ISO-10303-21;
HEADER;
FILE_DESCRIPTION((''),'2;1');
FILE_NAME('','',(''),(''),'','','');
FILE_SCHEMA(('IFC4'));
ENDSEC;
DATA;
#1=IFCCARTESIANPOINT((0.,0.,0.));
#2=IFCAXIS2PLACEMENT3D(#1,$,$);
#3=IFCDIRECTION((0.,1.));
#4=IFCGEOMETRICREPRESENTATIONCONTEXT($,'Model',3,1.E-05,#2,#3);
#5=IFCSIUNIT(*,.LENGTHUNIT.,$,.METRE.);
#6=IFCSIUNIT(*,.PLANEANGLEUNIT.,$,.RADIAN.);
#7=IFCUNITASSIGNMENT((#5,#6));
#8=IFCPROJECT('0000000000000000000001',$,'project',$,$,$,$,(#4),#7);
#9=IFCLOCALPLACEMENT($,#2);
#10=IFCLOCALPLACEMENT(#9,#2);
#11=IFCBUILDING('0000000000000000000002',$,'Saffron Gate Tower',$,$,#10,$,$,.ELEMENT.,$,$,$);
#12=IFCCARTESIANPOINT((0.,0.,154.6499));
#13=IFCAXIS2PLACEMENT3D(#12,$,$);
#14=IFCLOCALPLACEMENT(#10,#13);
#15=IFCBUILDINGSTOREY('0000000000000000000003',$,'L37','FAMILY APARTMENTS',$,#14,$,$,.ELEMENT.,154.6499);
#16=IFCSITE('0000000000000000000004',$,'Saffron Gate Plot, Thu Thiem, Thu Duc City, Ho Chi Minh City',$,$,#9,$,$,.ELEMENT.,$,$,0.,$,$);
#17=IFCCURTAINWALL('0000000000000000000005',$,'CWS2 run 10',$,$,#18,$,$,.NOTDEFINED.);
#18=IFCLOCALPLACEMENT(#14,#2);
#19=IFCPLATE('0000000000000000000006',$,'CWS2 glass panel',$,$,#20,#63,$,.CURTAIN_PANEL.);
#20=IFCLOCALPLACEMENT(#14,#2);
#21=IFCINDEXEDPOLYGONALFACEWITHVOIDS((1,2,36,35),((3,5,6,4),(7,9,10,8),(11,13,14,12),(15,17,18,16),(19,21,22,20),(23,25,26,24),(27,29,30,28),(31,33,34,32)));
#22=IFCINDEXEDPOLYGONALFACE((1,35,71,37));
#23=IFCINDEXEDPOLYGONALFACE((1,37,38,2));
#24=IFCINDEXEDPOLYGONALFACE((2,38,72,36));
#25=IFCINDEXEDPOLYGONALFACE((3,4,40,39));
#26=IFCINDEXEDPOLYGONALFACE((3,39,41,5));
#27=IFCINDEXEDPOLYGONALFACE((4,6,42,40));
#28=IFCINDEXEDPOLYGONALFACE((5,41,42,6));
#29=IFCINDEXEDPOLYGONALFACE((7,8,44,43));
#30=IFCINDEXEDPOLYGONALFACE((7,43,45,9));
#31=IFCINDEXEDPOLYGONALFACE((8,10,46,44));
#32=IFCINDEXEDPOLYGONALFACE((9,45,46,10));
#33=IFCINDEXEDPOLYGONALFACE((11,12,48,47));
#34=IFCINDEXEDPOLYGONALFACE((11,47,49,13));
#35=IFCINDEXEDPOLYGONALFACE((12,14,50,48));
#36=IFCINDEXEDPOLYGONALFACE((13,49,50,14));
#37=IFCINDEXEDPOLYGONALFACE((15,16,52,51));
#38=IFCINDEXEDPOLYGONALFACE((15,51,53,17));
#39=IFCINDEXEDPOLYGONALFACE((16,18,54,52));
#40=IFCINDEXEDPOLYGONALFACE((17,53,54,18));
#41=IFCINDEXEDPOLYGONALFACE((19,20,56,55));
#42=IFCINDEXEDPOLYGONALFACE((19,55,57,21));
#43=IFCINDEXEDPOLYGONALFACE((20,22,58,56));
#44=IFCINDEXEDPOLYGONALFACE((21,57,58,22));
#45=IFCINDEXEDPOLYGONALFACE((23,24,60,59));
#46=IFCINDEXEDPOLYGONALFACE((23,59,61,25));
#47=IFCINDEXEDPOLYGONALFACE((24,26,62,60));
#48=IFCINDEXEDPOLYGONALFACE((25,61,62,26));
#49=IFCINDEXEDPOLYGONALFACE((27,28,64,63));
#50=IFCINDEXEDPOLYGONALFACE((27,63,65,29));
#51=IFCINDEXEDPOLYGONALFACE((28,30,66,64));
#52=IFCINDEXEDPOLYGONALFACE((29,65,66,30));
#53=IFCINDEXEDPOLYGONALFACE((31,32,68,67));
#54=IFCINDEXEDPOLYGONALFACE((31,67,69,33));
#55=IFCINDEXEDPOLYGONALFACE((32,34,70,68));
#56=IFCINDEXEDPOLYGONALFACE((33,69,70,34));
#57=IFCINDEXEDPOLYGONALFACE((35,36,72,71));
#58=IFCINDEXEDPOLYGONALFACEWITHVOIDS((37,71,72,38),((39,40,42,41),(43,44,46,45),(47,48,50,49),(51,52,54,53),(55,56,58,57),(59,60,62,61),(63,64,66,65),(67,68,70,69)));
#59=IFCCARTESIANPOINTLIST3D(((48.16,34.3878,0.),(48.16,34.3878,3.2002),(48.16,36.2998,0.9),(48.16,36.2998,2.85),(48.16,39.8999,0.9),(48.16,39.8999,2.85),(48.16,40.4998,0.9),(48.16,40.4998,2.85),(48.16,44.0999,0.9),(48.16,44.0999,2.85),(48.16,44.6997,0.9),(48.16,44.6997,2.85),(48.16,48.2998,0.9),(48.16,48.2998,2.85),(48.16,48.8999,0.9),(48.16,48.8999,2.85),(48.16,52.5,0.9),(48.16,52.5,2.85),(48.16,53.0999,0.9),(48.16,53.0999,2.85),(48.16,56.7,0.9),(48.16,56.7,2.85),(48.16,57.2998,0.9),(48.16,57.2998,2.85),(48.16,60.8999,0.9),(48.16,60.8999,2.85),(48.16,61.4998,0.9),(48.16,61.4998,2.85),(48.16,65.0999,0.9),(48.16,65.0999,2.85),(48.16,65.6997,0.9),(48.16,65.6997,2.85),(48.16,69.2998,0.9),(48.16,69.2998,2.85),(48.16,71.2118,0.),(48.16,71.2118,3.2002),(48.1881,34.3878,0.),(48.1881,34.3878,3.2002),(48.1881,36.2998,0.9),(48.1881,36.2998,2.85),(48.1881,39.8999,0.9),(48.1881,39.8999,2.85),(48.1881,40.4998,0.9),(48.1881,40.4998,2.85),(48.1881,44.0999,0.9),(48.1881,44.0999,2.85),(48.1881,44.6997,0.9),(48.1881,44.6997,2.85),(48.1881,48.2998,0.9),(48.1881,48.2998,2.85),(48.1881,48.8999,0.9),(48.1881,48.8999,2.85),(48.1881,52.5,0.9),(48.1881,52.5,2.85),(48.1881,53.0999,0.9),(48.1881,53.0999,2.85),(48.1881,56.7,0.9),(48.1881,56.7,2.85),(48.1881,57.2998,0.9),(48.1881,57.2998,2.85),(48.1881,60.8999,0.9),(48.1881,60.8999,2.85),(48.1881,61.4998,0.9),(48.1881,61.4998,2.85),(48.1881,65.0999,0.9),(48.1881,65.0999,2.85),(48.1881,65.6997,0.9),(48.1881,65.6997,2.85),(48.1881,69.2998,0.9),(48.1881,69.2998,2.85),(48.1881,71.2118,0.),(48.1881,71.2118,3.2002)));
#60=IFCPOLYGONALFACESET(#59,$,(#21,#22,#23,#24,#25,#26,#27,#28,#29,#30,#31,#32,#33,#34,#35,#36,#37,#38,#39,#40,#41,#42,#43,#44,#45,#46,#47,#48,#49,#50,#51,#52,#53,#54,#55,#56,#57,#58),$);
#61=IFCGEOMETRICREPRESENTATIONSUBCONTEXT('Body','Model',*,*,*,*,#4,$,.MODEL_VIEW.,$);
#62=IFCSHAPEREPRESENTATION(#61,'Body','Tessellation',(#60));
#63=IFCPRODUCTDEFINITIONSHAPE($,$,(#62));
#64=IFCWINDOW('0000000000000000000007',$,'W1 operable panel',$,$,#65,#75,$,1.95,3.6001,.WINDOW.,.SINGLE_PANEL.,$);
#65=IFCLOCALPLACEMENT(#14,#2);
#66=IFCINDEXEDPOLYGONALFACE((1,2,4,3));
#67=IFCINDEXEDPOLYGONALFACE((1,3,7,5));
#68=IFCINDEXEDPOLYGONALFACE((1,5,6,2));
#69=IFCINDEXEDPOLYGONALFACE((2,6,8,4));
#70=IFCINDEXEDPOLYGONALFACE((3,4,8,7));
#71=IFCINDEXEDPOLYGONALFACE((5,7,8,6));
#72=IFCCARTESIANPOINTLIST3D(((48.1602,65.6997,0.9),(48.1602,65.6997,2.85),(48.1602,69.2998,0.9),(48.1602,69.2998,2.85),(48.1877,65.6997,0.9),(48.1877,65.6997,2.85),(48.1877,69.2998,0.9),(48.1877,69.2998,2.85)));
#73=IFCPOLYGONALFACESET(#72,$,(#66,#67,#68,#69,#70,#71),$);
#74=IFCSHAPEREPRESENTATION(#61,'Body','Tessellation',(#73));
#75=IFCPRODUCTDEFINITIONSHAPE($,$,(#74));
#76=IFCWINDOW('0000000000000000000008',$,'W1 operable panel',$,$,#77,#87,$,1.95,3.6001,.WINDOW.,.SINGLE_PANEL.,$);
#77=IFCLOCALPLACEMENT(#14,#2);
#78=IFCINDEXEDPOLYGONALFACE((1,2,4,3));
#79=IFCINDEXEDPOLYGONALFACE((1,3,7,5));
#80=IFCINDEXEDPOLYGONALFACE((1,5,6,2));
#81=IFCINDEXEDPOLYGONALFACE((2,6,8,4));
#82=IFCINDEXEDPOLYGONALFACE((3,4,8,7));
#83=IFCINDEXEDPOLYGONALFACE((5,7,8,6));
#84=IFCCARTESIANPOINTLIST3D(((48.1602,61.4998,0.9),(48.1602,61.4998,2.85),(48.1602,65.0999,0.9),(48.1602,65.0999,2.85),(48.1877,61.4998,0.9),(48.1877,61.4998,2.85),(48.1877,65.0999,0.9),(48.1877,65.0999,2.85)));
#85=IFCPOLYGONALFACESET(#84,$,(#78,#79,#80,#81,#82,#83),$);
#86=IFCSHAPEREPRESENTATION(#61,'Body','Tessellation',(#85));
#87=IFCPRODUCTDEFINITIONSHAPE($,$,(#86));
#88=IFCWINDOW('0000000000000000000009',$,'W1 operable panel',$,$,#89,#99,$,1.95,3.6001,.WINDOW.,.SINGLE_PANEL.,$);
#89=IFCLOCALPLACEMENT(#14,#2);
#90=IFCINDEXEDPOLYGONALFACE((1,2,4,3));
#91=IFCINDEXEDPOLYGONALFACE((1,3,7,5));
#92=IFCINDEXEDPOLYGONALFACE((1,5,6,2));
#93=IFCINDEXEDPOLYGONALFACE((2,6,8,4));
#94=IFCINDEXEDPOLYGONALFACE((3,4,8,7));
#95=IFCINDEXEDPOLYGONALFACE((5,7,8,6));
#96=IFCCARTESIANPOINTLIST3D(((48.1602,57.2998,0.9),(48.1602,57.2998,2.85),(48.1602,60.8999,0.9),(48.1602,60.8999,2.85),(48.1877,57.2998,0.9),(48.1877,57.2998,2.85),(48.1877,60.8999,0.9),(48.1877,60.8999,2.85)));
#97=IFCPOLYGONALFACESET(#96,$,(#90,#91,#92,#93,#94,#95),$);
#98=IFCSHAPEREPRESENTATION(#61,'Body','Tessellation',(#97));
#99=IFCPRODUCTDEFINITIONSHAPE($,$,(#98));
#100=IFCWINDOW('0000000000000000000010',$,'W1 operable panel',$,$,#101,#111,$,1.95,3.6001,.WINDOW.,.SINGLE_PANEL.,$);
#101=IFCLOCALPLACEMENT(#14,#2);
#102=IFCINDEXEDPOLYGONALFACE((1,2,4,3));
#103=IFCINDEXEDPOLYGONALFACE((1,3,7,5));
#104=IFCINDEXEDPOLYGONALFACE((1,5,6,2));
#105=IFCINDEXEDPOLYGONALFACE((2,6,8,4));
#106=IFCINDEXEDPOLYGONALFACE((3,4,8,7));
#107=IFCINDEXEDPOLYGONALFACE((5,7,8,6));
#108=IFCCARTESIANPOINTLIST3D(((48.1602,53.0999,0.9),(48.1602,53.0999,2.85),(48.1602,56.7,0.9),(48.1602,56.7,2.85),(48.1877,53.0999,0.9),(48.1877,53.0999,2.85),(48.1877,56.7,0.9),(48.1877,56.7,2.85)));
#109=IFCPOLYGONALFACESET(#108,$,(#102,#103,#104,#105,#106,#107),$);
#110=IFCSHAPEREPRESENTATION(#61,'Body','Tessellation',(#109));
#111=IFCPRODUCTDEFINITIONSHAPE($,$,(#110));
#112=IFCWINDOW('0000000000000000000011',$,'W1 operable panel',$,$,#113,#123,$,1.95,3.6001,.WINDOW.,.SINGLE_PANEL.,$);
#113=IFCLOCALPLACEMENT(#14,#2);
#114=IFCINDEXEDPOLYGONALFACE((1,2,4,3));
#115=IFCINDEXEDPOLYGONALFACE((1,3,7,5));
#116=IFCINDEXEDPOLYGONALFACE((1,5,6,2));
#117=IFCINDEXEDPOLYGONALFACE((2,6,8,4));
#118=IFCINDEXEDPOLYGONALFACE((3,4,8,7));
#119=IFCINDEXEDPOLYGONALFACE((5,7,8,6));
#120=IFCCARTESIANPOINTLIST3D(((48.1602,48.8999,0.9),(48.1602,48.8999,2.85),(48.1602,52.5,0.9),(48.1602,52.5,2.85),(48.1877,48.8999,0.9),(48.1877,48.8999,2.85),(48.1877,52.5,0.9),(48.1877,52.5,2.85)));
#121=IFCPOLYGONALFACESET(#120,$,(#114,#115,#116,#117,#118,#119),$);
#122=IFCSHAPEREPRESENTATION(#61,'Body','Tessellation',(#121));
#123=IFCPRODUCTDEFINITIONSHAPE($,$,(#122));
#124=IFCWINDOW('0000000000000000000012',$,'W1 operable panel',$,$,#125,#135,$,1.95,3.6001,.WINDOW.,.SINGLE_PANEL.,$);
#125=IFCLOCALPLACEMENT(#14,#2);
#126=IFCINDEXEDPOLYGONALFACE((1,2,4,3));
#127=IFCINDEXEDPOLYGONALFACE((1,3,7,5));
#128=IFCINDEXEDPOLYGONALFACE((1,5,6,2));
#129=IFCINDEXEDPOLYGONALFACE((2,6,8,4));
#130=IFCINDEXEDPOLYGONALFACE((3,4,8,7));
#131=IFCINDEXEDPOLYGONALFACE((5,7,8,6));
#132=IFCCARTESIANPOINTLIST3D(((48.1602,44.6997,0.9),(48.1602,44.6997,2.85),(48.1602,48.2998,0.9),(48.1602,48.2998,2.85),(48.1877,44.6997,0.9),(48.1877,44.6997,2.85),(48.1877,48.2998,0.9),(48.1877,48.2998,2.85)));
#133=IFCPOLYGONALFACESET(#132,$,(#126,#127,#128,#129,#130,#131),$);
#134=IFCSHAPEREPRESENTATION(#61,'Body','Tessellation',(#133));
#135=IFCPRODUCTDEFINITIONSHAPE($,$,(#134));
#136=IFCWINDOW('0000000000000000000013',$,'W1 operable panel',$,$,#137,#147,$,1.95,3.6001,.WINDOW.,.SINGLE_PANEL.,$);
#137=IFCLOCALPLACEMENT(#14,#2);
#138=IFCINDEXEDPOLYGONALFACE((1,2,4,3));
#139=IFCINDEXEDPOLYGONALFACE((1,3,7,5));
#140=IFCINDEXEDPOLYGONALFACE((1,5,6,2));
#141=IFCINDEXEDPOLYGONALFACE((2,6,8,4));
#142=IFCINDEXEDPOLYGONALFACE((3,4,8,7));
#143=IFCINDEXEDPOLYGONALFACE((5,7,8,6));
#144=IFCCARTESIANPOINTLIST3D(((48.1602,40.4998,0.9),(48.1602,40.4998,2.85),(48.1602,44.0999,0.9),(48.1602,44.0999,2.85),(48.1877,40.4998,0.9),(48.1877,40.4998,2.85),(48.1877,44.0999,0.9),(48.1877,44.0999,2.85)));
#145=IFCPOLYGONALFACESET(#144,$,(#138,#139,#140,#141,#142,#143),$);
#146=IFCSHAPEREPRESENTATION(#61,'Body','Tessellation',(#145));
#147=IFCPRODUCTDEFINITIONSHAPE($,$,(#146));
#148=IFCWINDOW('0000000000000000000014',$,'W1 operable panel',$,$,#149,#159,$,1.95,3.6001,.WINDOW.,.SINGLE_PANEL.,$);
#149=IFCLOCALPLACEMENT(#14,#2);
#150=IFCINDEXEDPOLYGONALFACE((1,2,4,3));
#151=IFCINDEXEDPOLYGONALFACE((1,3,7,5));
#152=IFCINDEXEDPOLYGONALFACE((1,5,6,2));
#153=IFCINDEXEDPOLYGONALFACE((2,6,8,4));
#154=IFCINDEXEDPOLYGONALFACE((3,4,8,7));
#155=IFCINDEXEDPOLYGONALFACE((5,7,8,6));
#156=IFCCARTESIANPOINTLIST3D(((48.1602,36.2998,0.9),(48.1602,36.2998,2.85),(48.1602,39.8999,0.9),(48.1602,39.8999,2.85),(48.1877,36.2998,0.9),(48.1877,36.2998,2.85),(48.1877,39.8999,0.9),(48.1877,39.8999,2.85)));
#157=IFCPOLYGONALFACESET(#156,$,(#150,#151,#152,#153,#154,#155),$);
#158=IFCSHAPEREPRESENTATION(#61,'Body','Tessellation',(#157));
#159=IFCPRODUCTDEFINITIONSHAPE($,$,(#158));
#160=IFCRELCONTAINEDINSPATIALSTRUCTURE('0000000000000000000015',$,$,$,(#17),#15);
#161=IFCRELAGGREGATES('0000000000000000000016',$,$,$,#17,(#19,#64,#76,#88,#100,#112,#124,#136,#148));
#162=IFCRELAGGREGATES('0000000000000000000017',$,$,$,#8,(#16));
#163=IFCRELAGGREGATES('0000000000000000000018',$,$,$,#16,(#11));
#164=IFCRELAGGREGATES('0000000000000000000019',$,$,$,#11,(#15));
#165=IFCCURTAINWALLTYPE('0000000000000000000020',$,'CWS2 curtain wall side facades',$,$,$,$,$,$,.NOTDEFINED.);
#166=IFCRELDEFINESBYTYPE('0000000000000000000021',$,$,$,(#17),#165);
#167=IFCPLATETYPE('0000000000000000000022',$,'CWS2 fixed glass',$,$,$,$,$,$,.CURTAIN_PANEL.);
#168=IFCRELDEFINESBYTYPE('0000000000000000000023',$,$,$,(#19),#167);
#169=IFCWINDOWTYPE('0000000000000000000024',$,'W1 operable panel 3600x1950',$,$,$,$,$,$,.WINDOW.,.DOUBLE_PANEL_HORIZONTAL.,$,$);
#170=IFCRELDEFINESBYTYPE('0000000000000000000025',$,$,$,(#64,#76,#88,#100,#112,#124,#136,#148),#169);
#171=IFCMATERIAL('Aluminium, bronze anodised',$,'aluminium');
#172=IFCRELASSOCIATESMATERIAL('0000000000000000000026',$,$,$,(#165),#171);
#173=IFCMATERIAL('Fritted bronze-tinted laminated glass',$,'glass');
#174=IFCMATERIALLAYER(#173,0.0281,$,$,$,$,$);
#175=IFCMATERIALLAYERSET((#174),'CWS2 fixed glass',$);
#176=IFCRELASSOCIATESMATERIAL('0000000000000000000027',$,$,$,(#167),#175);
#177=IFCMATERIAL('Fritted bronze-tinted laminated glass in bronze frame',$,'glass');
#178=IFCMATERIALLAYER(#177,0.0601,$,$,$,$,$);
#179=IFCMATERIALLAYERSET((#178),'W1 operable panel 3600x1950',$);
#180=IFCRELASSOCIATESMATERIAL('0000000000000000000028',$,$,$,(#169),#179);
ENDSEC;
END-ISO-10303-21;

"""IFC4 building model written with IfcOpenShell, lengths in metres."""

from ifc_helpers import new_model, si_unit, direction, frame, frame_2d, origin, place, context, subcontext, project, spatial, rectangle, extrude, material, layer, layer_set, type_object, element, fill, aggregate, save


model = new_model("IFC4")

# Units and contexts
model_context = context("Model", 3, precision=1e-05, world=origin(), true_north=direction((0.0, 1.0)))
body_context = subcontext(model_context, "Body", "Model", "MODEL_VIEW")
ifc_project = project(units=[si_unit("LENGTHUNIT", "METRE"), si_unit("PLANEANGLEUNIT", "RADIAN")], contexts=[model_context])

# Site, building, storey
site_placement = place(None, origin())
site = spatial("IfcSite", under=ifc_project, at=site_placement, Name="Saffron Gate Plot, Thu Thiem, Thu Duc City, Ho Chi Minh City", CompositionType="ELEMENT", RefElevation=0.0)
building_placement = place(site_placement, origin())
building = spatial("IfcBuilding", under=site, at=building_placement, Name="Saffron Gate Tower", CompositionType="ELEMENT")
storey_placement = place(building_placement, frame((0.0, 0.0, 154.6499)))
storey = spatial("IfcBuildingStorey", under=building, at=storey_placement, Name="L37", Description="FAMILY APARTMENTS", CompositionType="ELEMENT", Elevation=154.6499)

# Curtain wall
ifc_material_1 = material(Name="Aluminium, bronze anodised", Category="aluminium")
curtain_wall_type_1 = type_object("IfcCurtainWallType", Name="CWS2 curtain wall side facades", PredefinedType="NOTDEFINED", material=ifc_material_1)
curtain_wall_1_placement = place(storey_placement, origin())
curtain_wall_1 = element("IfcCurtainWall", 1, at=curtain_wall_1_placement, inside=storey, type_object=curtain_wall_type_1, Name="CWS2 run 10", PredefinedType="NOTDEFINED")

# Plate, openings, windows
ifc_material_2 = material(Name="Fritted bronze-tinted laminated glass", Category="glass")
ifc_layer_1 = layer(ifc_material_2, 0.0281)
ifc_layer_set_1 = layer_set([ifc_layer_1], Name="CWS2 fixed glass")
plate_type_1 = type_object("IfcPlateType", Name="CWS2 fixed glass", PredefinedType="CURTAIN_PANEL", material=ifc_layer_set_1)
plate_1_placement = place(storey_placement, frame((48.1741, 71.2119, 0.0), z_axis=(0.0, 0.0, 1.0), x_axis=(0.0, -1.0, 0.0)))
plate_1 = element("IfcPlate", 2, at=plate_1_placement, type_object=plate_type_1, Name="CWS2 glass panel", PredefinedType="CURTAIN_PANEL", context=body_context, shape_type="SweptSolid", body=[
    extrude(rectangle(XDim=36.824, YDim=0.0281, at=frame_2d((18.4121, 0.0))), origin(), (0.0, 0.0, 1.0), 3.2002),
])
opening_1_placement = place(plate_1_placement, frame((1.9121, 0.0, 0.8999)))
opening_1 = element("IfcOpeningElement", 3, at=opening_1_placement, cuts=plate_1, PredefinedType="OPENING", context=body_context, shape_type="SweptSolid", body=[
    extrude(rectangle(XDim=3.6001, YDim=1.95, at=frame_2d((1.8, 0.9751))), frame((0.0, 0.0239, 0.0), z_axis=(0.0, -1.0, 0.0), x_axis=(1.0, 0.0, 0.0)), (0.0, 0.0, 1.0), 0.0481),
])
opening_2_placement = place(plate_1_placement, frame((6.1121, 0.0, 0.8999)))
opening_2 = element("IfcOpeningElement", 4, at=opening_2_placement, cuts=plate_1, PredefinedType="OPENING", context=body_context, shape_type="SweptSolid", body=[
    extrude(rectangle(XDim=3.6001, YDim=1.95, at=frame_2d((1.8, 0.9751))), frame((0.0, 0.0239, 0.0), z_axis=(0.0, -1.0, 0.0), x_axis=(1.0, 0.0, 0.0)), (0.0, 0.0, 1.0), 0.0481),
])
opening_3_placement = place(plate_1_placement, frame((10.312, 0.0, 0.8999)))
opening_3 = element("IfcOpeningElement", 5, at=opening_3_placement, cuts=plate_1, PredefinedType="OPENING", context=body_context, shape_type="SweptSolid", body=[
    extrude(rectangle(XDim=3.6001, YDim=1.95, at=frame_2d((1.8, 0.9751))), frame((0.0, 0.0239, 0.0), z_axis=(0.0, -1.0, 0.0), x_axis=(1.0, 0.0, 0.0)), (0.0, 0.0, 1.0), 0.0481),
])
opening_4_placement = place(plate_1_placement, frame((14.512, 0.0, 0.8999)))
opening_4 = element("IfcOpeningElement", 6, at=opening_4_placement, cuts=plate_1, PredefinedType="OPENING", context=body_context, shape_type="SweptSolid", body=[
    extrude(rectangle(XDim=3.6001, YDim=1.95, at=frame_2d((1.8, 0.9751))), frame((0.0, 0.0239, 0.0), z_axis=(0.0, -1.0, 0.0), x_axis=(1.0, 0.0, 0.0)), (0.0, 0.0, 1.0), 0.0481),
])
opening_5_placement = place(plate_1_placement, frame((18.7119, 0.0, 0.8999)))
opening_5 = element("IfcOpeningElement", 7, at=opening_5_placement, cuts=plate_1, PredefinedType="OPENING", context=body_context, shape_type="SweptSolid", body=[
    extrude(rectangle(XDim=3.6001, YDim=1.95, at=frame_2d((1.8, 0.9751))), frame((0.0, 0.0239, 0.0), z_axis=(0.0, -1.0, 0.0), x_axis=(1.0, 0.0, 0.0)), (0.0, 0.0, 1.0), 0.0481),
])
opening_6_placement = place(plate_1_placement, frame((22.9121, 0.0, 0.8999)))
opening_6 = element("IfcOpeningElement", 8, at=opening_6_placement, cuts=plate_1, PredefinedType="OPENING", context=body_context, shape_type="SweptSolid", body=[
    extrude(rectangle(XDim=3.6001, YDim=1.95, at=frame_2d((1.8, 0.9751))), frame((0.0, 0.0239, 0.0), z_axis=(0.0, -1.0, 0.0), x_axis=(1.0, 0.0, 0.0)), (0.0, 0.0, 1.0), 0.0481),
])
opening_7_placement = place(plate_1_placement, frame((27.1121, 0.0, 0.8999)))
opening_7 = element("IfcOpeningElement", 9, at=opening_7_placement, cuts=plate_1, PredefinedType="OPENING", context=body_context, shape_type="SweptSolid", body=[
    extrude(rectangle(XDim=3.6001, YDim=1.95, at=frame_2d((1.8, 0.9751))), frame((0.0, 0.0239, 0.0), z_axis=(0.0, -1.0, 0.0), x_axis=(1.0, 0.0, 0.0)), (0.0, 0.0, 1.0), 0.0481),
])
opening_8_placement = place(plate_1_placement, frame((31.312, 0.0, 0.8999)))
opening_8 = element("IfcOpeningElement", 10, at=opening_8_placement, cuts=plate_1, PredefinedType="OPENING", context=body_context, shape_type="SweptSolid", body=[
    extrude(rectangle(XDim=3.6001, YDim=1.95, at=frame_2d((1.8, 0.9751))), frame((0.0, 0.0239, 0.0), z_axis=(0.0, -1.0, 0.0), x_axis=(1.0, 0.0, 0.0)), (0.0, 0.0, 1.0), 0.0481),
])
ifc_material_3 = material(Name="Fritted bronze-tinted laminated glass in bronze frame", Category="glass")
ifc_layer_2 = layer(ifc_material_3, 0.0601)
ifc_layer_set_2 = layer_set([ifc_layer_2], Name="W1 operable panel 3600x1950")
window_type = type_object("IfcWindowType", Name="W1 operable panel 3600x1950", PartitioningType="DOUBLE_PANEL_HORIZONTAL", PredefinedType="WINDOW", material=ifc_layer_set_2)
window_1_placement = place(opening_1_placement, origin())
window_1 = element("IfcWindow", 11, at=window_1_placement, type_object=window_type, Name="W1 operable panel", OverallHeight=1.95, OverallWidth=3.6001, PartitioningType="SINGLE_PANEL", PredefinedType="WINDOW", context=body_context, shape_type="SweptSolid", body=[
    extrude(rectangle(XDim=3.6001, YDim=1.95, at=frame_2d((1.8, 0.9751))), frame((0.0, 0.0137, 0.0), z_axis=(0.0, -1.0, 0.0), x_axis=(1.0, 0.0, 0.0)), (0.0, 0.0, 1.0), 0.0276),
])
fill(opening_1, window_1)
window_2_placement = place(opening_2_placement, origin())
window_2 = element("IfcWindow", 12, at=window_2_placement, type_object=window_type, Name="W1 operable panel", OverallHeight=1.95, OverallWidth=3.6001, PartitioningType="SINGLE_PANEL", PredefinedType="WINDOW", context=body_context, shape_type="SweptSolid", body=[
    extrude(rectangle(XDim=3.6001, YDim=1.95, at=frame_2d((1.8, 0.9751))), frame((0.0, 0.0137, 0.0), z_axis=(0.0, -1.0, 0.0), x_axis=(1.0, 0.0, 0.0)), (0.0, 0.0, 1.0), 0.0276),
])
fill(opening_2, window_2)
window_3_placement = place(opening_3_placement, origin())
window_3 = element("IfcWindow", 13, at=window_3_placement, type_object=window_type, Name="W1 operable panel", OverallHeight=1.95, OverallWidth=3.6001, PartitioningType="SINGLE_PANEL", PredefinedType="WINDOW", context=body_context, shape_type="SweptSolid", body=[
    extrude(rectangle(XDim=3.6001, YDim=1.95, at=frame_2d((1.8, 0.9751))), frame((0.0, 0.0137, 0.0), z_axis=(0.0, -1.0, 0.0), x_axis=(1.0, 0.0, 0.0)), (0.0, 0.0, 1.0), 0.0276),
])
fill(opening_3, window_3)
window_4_placement = place(opening_4_placement, origin())
window_4 = element("IfcWindow", 14, at=window_4_placement, type_object=window_type, Name="W1 operable panel", OverallHeight=1.95, OverallWidth=3.6001, PartitioningType="SINGLE_PANEL", PredefinedType="WINDOW", context=body_context, shape_type="SweptSolid", body=[
    extrude(rectangle(XDim=3.6001, YDim=1.95, at=frame_2d((1.8, 0.9751))), frame((0.0, 0.0137, 0.0), z_axis=(0.0, -1.0, 0.0), x_axis=(1.0, 0.0, 0.0)), (0.0, 0.0, 1.0), 0.0276),
])
fill(opening_4, window_4)
window_5_placement = place(opening_5_placement, origin())
window_5 = element("IfcWindow", 15, at=window_5_placement, type_object=window_type, Name="W1 operable panel", OverallHeight=1.95, OverallWidth=3.6001, PartitioningType="SINGLE_PANEL", PredefinedType="WINDOW", context=body_context, shape_type="SweptSolid", body=[
    extrude(rectangle(XDim=3.6001, YDim=1.95, at=frame_2d((1.8, 0.9751))), frame((0.0, 0.0137, 0.0), z_axis=(0.0, -1.0, 0.0), x_axis=(1.0, 0.0, 0.0)), (0.0, 0.0, 1.0), 0.0276),
])
fill(opening_5, window_5)
window_6_placement = place(opening_6_placement, origin())
window_6 = element("IfcWindow", 16, at=window_6_placement, type_object=window_type, Name="W1 operable panel", OverallHeight=1.95, OverallWidth=3.6001, PartitioningType="SINGLE_PANEL", PredefinedType="WINDOW", context=body_context, shape_type="SweptSolid", body=[
    extrude(rectangle(XDim=3.6001, YDim=1.95, at=frame_2d((1.8, 0.9751))), frame((0.0, 0.0137, 0.0), z_axis=(0.0, -1.0, 0.0), x_axis=(1.0, 0.0, 0.0)), (0.0, 0.0, 1.0), 0.0276),
])
fill(opening_6, window_6)
window_7_placement = place(opening_7_placement, origin())
window_7 = element("IfcWindow", 17, at=window_7_placement, type_object=window_type, Name="W1 operable panel", OverallHeight=1.95, OverallWidth=3.6001, PartitioningType="SINGLE_PANEL", PredefinedType="WINDOW", context=body_context, shape_type="SweptSolid", body=[
    extrude(rectangle(XDim=3.6001, YDim=1.95, at=frame_2d((1.8, 0.9751))), frame((0.0, 0.0137, 0.0), z_axis=(0.0, -1.0, 0.0), x_axis=(1.0, 0.0, 0.0)), (0.0, 0.0, 1.0), 0.0276),
])
fill(opening_7, window_7)
window_8_placement = place(opening_8_placement, origin())
window_8 = element("IfcWindow", 18, at=window_8_placement, type_object=window_type, Name="W1 operable panel", OverallHeight=1.95, OverallWidth=3.6001, PartitioningType="SINGLE_PANEL", PredefinedType="WINDOW", context=body_context, shape_type="SweptSolid", body=[
    extrude(rectangle(XDim=3.6001, YDim=1.95, at=frame_2d((1.8, 0.9751))), frame((0.0, 0.0137, 0.0), z_axis=(0.0, -1.0, 0.0), x_axis=(1.0, 0.0, 0.0)), (0.0, 0.0, 1.0), 0.0276),
])
fill(opening_8, window_8)
aggregate(curtain_wall_1, [plate_1, window_1, window_2, window_3, window_4, window_5, window_6, window_7, window_8])

save(model, "model.ifc")
